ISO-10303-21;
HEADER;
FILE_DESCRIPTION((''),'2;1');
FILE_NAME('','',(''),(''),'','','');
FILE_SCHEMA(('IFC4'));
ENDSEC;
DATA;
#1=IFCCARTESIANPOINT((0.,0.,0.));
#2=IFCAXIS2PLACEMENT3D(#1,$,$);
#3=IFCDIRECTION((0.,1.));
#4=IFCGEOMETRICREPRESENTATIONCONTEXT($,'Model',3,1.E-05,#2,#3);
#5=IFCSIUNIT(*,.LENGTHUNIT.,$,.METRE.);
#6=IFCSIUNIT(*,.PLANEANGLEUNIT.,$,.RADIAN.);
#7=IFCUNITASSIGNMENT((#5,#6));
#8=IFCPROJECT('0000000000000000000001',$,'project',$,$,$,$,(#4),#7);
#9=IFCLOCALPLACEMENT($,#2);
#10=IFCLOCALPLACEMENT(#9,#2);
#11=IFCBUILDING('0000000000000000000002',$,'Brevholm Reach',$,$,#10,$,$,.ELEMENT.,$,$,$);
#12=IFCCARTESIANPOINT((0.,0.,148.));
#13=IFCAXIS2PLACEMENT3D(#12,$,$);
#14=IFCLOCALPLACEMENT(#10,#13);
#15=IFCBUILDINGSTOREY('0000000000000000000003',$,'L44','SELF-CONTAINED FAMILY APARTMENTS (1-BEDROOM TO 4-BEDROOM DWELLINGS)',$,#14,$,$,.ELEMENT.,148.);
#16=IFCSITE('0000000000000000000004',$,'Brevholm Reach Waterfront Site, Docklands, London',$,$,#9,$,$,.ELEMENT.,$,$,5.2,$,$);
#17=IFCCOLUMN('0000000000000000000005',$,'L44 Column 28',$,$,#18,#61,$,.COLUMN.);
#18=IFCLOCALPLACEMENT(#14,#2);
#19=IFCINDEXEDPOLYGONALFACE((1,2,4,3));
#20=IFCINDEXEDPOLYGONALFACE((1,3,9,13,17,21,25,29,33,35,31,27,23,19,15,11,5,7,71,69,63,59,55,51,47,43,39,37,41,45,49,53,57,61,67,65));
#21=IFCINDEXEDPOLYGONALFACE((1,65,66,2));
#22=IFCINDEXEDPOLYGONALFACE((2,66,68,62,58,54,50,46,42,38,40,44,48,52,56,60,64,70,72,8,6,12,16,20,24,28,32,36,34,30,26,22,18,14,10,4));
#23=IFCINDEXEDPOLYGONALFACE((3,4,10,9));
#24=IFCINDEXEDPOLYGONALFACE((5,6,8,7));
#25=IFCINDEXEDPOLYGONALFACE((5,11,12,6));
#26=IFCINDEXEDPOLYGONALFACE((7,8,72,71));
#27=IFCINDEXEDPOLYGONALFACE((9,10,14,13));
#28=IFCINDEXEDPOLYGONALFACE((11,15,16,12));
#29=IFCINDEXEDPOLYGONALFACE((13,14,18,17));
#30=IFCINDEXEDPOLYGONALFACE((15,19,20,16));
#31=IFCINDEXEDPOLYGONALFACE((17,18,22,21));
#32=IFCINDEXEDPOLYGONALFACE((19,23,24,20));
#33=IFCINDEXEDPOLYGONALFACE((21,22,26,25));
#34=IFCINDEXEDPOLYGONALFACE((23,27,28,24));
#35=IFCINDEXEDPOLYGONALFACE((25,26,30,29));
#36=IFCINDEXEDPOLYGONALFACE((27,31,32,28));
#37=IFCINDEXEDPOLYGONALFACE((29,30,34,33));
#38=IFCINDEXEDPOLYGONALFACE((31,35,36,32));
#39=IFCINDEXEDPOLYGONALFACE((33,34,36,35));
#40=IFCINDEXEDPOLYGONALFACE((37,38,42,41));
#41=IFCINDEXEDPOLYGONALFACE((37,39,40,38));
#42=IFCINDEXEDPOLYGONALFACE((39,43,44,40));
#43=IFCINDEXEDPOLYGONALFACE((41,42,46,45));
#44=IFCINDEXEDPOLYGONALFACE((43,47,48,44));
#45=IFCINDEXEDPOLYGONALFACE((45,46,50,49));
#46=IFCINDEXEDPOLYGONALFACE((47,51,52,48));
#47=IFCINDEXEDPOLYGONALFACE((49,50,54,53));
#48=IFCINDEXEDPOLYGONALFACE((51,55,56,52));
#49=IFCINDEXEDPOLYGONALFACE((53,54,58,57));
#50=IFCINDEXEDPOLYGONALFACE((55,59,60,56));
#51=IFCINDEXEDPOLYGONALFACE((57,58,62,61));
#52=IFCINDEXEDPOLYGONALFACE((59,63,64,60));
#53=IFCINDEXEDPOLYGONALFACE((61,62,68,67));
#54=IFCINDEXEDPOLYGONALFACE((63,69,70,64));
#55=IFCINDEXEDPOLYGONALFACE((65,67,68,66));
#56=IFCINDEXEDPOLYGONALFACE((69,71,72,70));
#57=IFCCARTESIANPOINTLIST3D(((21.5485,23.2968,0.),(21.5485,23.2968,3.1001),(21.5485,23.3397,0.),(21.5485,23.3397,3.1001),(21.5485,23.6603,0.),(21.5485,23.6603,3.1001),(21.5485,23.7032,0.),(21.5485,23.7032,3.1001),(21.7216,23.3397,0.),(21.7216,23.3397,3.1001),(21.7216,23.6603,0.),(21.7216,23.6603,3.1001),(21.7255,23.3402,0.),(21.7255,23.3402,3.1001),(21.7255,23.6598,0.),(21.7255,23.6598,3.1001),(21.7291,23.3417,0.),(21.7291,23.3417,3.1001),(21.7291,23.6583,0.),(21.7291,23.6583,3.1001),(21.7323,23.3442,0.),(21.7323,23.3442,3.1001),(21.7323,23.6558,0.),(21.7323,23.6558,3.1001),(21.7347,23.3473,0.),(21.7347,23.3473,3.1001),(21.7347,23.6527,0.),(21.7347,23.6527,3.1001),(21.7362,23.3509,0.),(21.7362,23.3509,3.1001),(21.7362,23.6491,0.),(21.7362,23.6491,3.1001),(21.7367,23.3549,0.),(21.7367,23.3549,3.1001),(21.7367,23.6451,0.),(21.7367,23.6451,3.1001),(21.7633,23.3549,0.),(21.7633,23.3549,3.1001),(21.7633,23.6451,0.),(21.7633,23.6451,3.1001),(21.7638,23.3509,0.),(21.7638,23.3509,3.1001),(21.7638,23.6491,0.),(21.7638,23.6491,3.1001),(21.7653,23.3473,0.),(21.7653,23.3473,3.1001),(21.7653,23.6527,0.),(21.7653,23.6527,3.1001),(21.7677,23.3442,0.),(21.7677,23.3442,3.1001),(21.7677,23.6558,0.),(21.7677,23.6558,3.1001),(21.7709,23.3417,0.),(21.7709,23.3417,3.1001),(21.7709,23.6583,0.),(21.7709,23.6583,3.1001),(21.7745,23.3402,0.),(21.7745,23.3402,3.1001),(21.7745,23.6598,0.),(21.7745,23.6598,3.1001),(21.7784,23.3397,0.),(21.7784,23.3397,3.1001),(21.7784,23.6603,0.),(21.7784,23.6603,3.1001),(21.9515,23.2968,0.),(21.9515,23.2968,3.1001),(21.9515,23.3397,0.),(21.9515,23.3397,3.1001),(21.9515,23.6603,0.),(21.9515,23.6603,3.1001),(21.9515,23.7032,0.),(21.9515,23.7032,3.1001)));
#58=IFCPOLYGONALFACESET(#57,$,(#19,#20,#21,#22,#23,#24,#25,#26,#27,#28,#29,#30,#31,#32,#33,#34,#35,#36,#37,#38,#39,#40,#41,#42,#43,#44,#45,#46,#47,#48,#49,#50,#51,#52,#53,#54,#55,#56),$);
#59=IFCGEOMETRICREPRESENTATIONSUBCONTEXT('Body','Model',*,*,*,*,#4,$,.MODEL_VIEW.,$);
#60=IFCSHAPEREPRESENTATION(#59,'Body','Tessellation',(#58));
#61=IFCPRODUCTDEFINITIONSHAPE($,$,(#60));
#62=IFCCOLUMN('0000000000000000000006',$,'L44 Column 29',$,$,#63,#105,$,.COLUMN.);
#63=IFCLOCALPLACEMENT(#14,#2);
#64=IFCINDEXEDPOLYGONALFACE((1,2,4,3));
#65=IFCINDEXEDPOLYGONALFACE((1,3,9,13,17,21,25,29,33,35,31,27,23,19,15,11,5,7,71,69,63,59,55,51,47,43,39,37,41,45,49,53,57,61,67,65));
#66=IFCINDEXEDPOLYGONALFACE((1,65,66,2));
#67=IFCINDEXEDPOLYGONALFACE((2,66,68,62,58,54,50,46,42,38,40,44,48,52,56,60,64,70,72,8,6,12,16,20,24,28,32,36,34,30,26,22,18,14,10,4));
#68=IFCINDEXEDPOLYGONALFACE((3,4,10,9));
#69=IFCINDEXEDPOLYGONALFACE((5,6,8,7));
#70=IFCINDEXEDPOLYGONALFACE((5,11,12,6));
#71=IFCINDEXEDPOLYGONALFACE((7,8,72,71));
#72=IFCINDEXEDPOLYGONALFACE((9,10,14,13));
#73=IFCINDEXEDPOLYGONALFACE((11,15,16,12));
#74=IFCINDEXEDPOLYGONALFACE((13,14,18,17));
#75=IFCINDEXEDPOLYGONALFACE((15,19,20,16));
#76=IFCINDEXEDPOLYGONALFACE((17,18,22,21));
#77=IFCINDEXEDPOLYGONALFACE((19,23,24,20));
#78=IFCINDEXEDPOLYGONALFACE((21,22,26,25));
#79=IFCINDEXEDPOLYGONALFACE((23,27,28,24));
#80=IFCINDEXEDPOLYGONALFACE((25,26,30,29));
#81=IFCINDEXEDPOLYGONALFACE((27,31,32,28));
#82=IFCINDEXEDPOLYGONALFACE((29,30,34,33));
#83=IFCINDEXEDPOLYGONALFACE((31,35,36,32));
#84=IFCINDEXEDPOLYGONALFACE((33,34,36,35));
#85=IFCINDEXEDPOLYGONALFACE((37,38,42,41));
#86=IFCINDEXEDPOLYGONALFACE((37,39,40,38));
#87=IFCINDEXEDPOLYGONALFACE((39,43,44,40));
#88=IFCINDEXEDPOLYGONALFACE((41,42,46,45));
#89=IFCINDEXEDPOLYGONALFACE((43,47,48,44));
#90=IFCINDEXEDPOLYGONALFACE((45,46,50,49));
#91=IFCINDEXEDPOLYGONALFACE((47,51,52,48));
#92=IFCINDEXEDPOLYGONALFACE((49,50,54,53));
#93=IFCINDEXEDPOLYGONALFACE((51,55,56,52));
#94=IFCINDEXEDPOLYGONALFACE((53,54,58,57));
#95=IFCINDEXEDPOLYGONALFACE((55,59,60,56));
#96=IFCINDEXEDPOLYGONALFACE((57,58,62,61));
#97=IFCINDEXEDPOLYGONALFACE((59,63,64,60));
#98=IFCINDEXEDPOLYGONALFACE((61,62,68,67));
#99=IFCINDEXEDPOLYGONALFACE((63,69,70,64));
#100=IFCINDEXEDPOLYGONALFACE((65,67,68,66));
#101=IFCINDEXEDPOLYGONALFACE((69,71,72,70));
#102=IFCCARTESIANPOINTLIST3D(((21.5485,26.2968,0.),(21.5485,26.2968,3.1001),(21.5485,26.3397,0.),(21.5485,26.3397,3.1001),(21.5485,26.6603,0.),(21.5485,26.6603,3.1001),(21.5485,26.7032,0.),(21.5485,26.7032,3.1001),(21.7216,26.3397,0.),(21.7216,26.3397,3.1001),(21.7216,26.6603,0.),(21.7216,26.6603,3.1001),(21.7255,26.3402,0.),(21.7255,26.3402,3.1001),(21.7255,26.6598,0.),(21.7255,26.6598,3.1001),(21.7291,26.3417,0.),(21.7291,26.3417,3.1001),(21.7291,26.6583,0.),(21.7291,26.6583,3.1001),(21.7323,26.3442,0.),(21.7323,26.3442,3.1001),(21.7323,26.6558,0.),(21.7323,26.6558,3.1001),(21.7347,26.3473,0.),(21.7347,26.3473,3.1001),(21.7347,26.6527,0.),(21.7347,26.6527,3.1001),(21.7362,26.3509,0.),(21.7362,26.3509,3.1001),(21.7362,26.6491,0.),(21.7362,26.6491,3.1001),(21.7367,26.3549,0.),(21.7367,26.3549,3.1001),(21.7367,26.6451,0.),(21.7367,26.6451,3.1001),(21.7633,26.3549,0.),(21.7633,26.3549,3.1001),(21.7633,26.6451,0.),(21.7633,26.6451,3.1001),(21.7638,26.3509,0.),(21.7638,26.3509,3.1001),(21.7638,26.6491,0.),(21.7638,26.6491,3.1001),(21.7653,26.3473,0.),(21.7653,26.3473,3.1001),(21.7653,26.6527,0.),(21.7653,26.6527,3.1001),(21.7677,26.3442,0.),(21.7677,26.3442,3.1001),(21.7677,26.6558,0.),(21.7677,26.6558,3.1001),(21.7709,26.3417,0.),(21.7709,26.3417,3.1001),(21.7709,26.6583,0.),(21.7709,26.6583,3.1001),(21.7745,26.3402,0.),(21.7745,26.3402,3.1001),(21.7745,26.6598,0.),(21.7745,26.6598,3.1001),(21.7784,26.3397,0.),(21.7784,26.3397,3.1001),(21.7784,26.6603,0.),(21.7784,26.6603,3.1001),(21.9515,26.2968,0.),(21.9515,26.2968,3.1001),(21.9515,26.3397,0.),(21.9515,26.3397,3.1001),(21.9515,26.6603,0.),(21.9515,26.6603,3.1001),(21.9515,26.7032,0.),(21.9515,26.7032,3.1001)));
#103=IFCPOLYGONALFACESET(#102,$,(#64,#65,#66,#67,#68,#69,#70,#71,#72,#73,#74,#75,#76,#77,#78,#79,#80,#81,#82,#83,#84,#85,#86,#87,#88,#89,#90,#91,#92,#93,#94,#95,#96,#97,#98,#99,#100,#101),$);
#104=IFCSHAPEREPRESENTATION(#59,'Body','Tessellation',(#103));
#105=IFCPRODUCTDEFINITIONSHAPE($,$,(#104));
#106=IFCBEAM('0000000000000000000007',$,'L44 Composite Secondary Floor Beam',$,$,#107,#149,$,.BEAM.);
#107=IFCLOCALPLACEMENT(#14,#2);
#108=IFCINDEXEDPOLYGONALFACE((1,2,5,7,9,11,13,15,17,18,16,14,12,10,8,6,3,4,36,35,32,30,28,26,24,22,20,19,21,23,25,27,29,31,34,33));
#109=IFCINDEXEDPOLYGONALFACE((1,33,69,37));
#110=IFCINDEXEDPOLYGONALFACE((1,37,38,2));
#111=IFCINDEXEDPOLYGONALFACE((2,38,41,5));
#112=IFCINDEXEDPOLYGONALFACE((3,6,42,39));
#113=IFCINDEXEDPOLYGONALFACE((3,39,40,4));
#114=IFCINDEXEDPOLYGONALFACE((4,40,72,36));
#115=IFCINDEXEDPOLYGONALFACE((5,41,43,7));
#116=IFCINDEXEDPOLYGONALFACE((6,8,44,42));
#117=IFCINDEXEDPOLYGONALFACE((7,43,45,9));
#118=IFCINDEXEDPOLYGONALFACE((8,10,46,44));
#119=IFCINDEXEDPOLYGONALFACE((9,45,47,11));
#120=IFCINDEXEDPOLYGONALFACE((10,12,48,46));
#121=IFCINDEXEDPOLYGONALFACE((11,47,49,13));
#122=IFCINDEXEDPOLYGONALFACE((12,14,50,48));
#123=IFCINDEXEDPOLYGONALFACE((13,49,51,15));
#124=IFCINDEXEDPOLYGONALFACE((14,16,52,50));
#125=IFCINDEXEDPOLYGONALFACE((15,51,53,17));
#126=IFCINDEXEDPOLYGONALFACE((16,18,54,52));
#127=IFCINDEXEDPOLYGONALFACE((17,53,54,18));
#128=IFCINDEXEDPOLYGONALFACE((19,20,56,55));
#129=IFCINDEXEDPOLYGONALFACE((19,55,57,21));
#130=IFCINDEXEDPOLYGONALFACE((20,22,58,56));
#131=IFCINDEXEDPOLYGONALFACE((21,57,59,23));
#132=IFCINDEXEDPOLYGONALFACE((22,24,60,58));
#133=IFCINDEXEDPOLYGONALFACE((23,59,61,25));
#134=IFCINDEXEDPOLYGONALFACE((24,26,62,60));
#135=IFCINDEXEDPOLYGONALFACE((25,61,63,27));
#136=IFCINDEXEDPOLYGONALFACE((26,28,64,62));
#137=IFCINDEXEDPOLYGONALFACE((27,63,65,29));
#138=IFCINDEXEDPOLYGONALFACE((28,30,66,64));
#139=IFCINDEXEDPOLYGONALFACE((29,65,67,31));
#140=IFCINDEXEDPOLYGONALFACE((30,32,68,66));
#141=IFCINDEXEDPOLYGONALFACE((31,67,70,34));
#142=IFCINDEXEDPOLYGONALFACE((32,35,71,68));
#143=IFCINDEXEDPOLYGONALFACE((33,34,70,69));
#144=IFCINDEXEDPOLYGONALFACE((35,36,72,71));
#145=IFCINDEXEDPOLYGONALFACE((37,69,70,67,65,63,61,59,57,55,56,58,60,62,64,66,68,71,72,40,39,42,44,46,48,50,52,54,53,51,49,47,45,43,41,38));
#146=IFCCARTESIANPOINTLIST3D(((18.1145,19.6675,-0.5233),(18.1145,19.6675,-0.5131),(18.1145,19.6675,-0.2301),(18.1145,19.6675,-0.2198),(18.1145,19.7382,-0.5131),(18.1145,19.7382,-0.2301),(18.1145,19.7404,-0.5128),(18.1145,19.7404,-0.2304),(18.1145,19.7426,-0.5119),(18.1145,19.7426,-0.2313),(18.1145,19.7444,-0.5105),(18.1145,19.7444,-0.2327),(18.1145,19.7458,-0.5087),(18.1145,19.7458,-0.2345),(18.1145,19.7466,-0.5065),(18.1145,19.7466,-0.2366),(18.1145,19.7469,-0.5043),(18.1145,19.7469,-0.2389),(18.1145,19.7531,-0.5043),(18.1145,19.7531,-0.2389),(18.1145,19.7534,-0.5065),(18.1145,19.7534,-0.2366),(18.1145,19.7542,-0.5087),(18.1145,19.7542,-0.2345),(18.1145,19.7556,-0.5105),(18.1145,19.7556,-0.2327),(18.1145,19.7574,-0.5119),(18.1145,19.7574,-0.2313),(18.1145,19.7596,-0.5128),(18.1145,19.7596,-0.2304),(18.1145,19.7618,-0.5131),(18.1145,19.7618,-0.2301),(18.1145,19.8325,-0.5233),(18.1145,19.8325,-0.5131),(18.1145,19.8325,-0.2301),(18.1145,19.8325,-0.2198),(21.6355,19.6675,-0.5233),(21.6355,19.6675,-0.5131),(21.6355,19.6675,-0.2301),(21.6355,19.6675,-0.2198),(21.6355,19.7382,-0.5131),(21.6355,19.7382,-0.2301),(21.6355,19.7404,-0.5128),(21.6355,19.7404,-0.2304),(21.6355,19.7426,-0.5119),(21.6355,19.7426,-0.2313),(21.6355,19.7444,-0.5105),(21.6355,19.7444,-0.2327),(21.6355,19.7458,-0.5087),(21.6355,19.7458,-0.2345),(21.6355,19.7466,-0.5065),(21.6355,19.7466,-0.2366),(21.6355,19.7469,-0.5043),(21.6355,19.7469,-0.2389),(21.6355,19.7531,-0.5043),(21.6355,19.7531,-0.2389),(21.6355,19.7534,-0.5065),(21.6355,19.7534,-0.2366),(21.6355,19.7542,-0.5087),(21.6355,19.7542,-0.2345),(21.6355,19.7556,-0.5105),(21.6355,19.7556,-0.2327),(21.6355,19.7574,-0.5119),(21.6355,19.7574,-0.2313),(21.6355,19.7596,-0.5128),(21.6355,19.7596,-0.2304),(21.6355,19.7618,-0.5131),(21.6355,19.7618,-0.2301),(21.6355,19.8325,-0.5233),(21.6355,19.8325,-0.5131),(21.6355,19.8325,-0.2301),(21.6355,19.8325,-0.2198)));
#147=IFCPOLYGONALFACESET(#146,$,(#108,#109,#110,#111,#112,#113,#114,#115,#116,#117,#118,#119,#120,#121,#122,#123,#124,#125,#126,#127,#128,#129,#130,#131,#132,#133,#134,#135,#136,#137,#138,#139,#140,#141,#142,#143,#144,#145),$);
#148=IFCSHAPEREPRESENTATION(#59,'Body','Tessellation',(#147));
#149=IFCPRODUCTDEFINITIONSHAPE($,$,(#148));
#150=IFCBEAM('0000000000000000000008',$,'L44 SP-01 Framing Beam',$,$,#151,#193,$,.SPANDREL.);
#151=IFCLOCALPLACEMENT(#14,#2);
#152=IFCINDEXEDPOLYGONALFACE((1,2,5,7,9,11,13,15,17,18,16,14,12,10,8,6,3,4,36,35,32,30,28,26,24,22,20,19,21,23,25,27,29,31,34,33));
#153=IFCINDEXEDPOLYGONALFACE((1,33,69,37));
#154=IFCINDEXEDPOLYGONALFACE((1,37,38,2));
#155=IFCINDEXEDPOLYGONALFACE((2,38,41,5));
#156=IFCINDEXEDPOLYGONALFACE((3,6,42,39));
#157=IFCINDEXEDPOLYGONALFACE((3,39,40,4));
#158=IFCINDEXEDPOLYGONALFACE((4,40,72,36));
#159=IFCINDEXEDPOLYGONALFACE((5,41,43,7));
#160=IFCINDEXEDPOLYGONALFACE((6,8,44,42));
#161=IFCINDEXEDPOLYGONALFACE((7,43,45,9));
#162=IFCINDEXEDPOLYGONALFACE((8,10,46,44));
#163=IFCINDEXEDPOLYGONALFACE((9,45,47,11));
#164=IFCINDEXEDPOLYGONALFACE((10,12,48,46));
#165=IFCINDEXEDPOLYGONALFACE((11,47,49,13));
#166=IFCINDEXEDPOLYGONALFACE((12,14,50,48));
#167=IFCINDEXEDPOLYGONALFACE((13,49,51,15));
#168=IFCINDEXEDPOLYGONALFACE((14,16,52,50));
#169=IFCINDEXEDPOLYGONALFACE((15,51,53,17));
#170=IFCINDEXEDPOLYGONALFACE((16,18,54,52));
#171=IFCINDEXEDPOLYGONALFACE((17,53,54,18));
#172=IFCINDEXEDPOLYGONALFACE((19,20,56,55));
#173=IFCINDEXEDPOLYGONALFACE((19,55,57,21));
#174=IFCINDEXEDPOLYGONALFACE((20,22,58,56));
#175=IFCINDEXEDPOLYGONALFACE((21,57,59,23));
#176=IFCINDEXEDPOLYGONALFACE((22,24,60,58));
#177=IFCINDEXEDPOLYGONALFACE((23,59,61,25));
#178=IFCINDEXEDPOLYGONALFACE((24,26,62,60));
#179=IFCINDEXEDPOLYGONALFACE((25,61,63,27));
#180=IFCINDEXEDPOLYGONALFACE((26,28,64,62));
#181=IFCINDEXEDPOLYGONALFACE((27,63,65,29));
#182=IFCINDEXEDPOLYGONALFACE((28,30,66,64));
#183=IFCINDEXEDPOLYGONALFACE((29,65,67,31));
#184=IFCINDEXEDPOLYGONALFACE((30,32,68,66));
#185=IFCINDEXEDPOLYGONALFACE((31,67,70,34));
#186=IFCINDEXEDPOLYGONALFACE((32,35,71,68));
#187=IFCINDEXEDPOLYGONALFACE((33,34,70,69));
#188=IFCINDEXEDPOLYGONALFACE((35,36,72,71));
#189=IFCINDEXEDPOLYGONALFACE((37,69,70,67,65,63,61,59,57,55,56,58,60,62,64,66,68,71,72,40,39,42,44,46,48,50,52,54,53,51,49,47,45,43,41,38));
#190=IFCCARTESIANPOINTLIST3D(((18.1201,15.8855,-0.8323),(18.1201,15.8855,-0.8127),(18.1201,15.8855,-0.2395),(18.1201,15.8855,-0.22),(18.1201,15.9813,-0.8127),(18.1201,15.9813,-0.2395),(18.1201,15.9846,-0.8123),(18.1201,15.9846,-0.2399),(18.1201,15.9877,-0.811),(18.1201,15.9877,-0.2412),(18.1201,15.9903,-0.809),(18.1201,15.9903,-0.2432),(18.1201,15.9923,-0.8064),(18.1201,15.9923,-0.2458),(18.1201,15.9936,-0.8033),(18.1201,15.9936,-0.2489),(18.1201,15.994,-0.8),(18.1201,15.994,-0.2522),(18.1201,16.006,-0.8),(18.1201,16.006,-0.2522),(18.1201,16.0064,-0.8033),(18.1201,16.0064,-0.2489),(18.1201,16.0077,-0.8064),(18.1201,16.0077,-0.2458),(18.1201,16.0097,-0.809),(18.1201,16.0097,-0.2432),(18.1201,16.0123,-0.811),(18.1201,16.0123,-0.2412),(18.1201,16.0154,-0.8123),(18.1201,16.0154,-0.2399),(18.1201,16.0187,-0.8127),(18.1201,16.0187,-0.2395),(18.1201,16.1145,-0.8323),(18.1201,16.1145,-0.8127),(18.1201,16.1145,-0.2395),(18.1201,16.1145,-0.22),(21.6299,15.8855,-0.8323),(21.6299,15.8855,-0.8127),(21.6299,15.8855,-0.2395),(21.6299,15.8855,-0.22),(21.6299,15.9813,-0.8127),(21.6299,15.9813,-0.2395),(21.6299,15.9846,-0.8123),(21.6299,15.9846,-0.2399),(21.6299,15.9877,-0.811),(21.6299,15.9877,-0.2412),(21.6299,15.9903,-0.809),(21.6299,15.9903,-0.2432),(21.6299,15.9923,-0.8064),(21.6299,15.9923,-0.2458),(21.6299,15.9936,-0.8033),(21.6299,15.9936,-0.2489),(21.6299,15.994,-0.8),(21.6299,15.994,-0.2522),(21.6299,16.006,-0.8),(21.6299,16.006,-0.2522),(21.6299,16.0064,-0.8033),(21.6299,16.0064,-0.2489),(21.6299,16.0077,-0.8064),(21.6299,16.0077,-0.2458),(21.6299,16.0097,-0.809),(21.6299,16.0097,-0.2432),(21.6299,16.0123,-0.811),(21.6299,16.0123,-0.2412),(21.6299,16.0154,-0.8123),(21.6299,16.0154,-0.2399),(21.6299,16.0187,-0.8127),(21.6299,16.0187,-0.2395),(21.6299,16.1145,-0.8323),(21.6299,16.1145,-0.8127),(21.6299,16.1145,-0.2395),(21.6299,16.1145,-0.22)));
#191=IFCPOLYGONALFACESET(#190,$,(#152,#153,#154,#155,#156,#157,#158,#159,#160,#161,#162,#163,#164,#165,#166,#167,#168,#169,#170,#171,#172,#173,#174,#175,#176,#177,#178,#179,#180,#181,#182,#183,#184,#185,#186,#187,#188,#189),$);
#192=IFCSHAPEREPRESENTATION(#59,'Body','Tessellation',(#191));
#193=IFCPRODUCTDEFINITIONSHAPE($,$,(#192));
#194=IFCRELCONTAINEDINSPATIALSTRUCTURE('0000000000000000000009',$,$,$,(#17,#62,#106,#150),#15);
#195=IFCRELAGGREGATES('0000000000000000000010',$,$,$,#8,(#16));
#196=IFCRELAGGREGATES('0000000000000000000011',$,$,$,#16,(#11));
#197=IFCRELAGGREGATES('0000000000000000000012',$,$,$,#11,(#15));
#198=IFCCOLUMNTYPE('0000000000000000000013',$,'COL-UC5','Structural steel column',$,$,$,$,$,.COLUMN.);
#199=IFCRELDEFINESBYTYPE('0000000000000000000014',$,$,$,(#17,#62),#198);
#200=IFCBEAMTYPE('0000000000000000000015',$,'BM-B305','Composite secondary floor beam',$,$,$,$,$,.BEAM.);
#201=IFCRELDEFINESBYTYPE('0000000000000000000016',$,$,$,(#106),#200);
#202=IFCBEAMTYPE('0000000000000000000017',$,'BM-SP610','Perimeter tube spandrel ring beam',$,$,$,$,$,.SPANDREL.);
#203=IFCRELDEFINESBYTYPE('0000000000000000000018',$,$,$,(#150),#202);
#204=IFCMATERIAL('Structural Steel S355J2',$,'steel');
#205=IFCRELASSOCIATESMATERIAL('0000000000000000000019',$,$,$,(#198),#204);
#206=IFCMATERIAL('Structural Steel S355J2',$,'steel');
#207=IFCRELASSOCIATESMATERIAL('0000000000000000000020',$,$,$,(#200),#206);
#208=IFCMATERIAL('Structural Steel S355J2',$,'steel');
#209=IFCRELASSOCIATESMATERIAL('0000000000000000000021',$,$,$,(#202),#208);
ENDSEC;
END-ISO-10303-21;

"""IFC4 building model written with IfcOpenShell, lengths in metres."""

from ifc_helpers import new_model, si_unit, direction, frame, origin, origin_2d, place, context, subcontext, project, spatial, i_section, extrude, material, material_profile, profile_set, type_object, element, save


model = new_model("IFC4")

# Units and contexts
model_context = context("Model", 3, precision=1e-05, world=origin(), true_north=direction((0.0, 1.0)))
body_context = subcontext(model_context, "Body", "Model", "MODEL_VIEW")
ifc_project = project(units=[si_unit("LENGTHUNIT", "METRE"), si_unit("PLANEANGLEUNIT", "RADIAN")], contexts=[model_context])

# Site, building, storey
site_placement = place(None, origin())
site = spatial("IfcSite", under=ifc_project, at=site_placement, Name="Brevholm Reach Waterfront Site, Docklands, London", CompositionType="ELEMENT", RefElevation=5.2)
building_placement = place(site_placement, origin())
building = spatial("IfcBuilding", under=site, at=building_placement, Name="Brevholm Reach", CompositionType="ELEMENT")
storey_placement = place(building_placement, frame((0.0, 0.0, 148.0)))
storey = spatial("IfcBuildingStorey", under=building, at=storey_placement, Name="L44", Description="SELF-CONTAINED FAMILY APARTMENTS (1-BEDROOM TO 4-BEDROOM DWELLINGS)", CompositionType="ELEMENT", Elevation=148.0)

# Columns
ifc_material_1 = material(Name="Structural Steel S355J2", Category="steel")
ifc_material_profile_1 = material_profile(ifc_material_1, i_section(OverallWidth=0.4031, OverallDepth=0.4065, WebThickness=0.0266, FlangeThickness=0.043, FilletRadius=0.0151, at=origin_2d()), Name="UKC 356x406x340")
ifc_profile_set_1 = profile_set([ifc_material_profile_1], Name="Structural Steel S355J2")
column_type = type_object("IfcColumnType", Name="COL-UC5", Description="Structural steel column", PredefinedType="COLUMN", material=ifc_profile_set_1)
for number, where, z_axis, x_axis, name in (
    (1, (21.75, 23.5, 0.0), (0.0, 0.0, 1.0), (1.0, 0.0, 0.0), "L44 Column 28"),
    (2, (21.75, 26.5, 0.0), (0.0, 0.0, 1.0), (1.0, 0.0, 0.0), "L44 Column 29"),
):
    element("IfcColumn", number, at=place(storey_placement, frame(where, z_axis=z_axis, x_axis=x_axis)), inside=storey, type_object=column_type, Name=name, PredefinedType="COLUMN", context=body_context, shape_type="SweptSolid", body=[
        extrude(i_section(OverallWidth=0.4031, OverallDepth=0.4065, WebThickness=0.0266, FlangeThickness=0.043, FilletRadius=0.0151, at=origin_2d()), origin(), (0.0, 0.0, 1.0), 3.1001),
    ])

# Beams
ifc_material_2 = material(Name="Structural Steel S355J2", Category="steel")
ifc_material_profile_2 = material_profile(ifc_material_2, i_section(OverallWidth=0.165, OverallDepth=0.3035, WebThickness=0.0061, FlangeThickness=0.0103, FilletRadius=0.0088, at=origin_2d()), Name="UKB 305x165x40")
ifc_profile_set_2 = profile_set([ifc_material_profile_2], Name="Structural Steel S355J2")
beam_type_1 = type_object("IfcBeamType", Name="BM-B305", Description="Composite secondary floor beam", PredefinedType="BEAM", material=ifc_profile_set_2)
beam_1_placement = place(storey_placement, frame((18.1145, 19.75, -0.3716), z_axis=(1.0, 0.0, 0.0), x_axis=(0.0, 1.0, 0.0)))
element("IfcBeam", 3, at=beam_1_placement, inside=storey, type_object=beam_type_1, Name="L44 Composite Secondary Floor Beam", PredefinedType="BEAM", context=body_context, shape_type="SweptSolid", body=[
    extrude(i_section(OverallWidth=0.165, OverallDepth=0.3035, WebThickness=0.0061, FlangeThickness=0.0103, FilletRadius=0.0088, at=origin_2d()), origin(), (0.0, 0.0, 1.0), 3.521),
])
ifc_material_3 = material(Name="Structural Steel S355J2", Category="steel")
ifc_material_profile_3 = material_profile(ifc_material_3, i_section(OverallWidth=0.229, OverallDepth=0.6123, WebThickness=0.012, FlangeThickness=0.0195, FilletRadius=0.0127, at=origin_2d()), Name="UKB 610x229x125")
ifc_profile_set_3 = profile_set([ifc_material_profile_3], Name="Structural Steel S355J2")
beam_type_2 = type_object("IfcBeamType", Name="BM-SP610", Description="Perimeter tube spandrel ring beam", PredefinedType="SPANDREL", material=ifc_profile_set_3)
for number, where, z_axis, x_axis, name in (
    (4, (18.1201, 16.0, -0.5261), (1.0, 0.0, 0.0), (0.0, 1.0, 0.0), "L44 SP-01 Framing Beam"),
):
    element("IfcBeam", number, at=place(storey_placement, frame(where, z_axis=z_axis, x_axis=x_axis)), inside=storey, type_object=beam_type_2, Name=name, PredefinedType="SPANDREL", context=body_context, shape_type="SweptSolid", body=[
        extrude(i_section(OverallWidth=0.229, OverallDepth=0.6123, WebThickness=0.012, FlangeThickness=0.0195, FilletRadius=0.0127, at=origin_2d()), origin(), (0.0, 0.0, 1.0), 3.5098),
    ])

save(model, "model.ifc")
